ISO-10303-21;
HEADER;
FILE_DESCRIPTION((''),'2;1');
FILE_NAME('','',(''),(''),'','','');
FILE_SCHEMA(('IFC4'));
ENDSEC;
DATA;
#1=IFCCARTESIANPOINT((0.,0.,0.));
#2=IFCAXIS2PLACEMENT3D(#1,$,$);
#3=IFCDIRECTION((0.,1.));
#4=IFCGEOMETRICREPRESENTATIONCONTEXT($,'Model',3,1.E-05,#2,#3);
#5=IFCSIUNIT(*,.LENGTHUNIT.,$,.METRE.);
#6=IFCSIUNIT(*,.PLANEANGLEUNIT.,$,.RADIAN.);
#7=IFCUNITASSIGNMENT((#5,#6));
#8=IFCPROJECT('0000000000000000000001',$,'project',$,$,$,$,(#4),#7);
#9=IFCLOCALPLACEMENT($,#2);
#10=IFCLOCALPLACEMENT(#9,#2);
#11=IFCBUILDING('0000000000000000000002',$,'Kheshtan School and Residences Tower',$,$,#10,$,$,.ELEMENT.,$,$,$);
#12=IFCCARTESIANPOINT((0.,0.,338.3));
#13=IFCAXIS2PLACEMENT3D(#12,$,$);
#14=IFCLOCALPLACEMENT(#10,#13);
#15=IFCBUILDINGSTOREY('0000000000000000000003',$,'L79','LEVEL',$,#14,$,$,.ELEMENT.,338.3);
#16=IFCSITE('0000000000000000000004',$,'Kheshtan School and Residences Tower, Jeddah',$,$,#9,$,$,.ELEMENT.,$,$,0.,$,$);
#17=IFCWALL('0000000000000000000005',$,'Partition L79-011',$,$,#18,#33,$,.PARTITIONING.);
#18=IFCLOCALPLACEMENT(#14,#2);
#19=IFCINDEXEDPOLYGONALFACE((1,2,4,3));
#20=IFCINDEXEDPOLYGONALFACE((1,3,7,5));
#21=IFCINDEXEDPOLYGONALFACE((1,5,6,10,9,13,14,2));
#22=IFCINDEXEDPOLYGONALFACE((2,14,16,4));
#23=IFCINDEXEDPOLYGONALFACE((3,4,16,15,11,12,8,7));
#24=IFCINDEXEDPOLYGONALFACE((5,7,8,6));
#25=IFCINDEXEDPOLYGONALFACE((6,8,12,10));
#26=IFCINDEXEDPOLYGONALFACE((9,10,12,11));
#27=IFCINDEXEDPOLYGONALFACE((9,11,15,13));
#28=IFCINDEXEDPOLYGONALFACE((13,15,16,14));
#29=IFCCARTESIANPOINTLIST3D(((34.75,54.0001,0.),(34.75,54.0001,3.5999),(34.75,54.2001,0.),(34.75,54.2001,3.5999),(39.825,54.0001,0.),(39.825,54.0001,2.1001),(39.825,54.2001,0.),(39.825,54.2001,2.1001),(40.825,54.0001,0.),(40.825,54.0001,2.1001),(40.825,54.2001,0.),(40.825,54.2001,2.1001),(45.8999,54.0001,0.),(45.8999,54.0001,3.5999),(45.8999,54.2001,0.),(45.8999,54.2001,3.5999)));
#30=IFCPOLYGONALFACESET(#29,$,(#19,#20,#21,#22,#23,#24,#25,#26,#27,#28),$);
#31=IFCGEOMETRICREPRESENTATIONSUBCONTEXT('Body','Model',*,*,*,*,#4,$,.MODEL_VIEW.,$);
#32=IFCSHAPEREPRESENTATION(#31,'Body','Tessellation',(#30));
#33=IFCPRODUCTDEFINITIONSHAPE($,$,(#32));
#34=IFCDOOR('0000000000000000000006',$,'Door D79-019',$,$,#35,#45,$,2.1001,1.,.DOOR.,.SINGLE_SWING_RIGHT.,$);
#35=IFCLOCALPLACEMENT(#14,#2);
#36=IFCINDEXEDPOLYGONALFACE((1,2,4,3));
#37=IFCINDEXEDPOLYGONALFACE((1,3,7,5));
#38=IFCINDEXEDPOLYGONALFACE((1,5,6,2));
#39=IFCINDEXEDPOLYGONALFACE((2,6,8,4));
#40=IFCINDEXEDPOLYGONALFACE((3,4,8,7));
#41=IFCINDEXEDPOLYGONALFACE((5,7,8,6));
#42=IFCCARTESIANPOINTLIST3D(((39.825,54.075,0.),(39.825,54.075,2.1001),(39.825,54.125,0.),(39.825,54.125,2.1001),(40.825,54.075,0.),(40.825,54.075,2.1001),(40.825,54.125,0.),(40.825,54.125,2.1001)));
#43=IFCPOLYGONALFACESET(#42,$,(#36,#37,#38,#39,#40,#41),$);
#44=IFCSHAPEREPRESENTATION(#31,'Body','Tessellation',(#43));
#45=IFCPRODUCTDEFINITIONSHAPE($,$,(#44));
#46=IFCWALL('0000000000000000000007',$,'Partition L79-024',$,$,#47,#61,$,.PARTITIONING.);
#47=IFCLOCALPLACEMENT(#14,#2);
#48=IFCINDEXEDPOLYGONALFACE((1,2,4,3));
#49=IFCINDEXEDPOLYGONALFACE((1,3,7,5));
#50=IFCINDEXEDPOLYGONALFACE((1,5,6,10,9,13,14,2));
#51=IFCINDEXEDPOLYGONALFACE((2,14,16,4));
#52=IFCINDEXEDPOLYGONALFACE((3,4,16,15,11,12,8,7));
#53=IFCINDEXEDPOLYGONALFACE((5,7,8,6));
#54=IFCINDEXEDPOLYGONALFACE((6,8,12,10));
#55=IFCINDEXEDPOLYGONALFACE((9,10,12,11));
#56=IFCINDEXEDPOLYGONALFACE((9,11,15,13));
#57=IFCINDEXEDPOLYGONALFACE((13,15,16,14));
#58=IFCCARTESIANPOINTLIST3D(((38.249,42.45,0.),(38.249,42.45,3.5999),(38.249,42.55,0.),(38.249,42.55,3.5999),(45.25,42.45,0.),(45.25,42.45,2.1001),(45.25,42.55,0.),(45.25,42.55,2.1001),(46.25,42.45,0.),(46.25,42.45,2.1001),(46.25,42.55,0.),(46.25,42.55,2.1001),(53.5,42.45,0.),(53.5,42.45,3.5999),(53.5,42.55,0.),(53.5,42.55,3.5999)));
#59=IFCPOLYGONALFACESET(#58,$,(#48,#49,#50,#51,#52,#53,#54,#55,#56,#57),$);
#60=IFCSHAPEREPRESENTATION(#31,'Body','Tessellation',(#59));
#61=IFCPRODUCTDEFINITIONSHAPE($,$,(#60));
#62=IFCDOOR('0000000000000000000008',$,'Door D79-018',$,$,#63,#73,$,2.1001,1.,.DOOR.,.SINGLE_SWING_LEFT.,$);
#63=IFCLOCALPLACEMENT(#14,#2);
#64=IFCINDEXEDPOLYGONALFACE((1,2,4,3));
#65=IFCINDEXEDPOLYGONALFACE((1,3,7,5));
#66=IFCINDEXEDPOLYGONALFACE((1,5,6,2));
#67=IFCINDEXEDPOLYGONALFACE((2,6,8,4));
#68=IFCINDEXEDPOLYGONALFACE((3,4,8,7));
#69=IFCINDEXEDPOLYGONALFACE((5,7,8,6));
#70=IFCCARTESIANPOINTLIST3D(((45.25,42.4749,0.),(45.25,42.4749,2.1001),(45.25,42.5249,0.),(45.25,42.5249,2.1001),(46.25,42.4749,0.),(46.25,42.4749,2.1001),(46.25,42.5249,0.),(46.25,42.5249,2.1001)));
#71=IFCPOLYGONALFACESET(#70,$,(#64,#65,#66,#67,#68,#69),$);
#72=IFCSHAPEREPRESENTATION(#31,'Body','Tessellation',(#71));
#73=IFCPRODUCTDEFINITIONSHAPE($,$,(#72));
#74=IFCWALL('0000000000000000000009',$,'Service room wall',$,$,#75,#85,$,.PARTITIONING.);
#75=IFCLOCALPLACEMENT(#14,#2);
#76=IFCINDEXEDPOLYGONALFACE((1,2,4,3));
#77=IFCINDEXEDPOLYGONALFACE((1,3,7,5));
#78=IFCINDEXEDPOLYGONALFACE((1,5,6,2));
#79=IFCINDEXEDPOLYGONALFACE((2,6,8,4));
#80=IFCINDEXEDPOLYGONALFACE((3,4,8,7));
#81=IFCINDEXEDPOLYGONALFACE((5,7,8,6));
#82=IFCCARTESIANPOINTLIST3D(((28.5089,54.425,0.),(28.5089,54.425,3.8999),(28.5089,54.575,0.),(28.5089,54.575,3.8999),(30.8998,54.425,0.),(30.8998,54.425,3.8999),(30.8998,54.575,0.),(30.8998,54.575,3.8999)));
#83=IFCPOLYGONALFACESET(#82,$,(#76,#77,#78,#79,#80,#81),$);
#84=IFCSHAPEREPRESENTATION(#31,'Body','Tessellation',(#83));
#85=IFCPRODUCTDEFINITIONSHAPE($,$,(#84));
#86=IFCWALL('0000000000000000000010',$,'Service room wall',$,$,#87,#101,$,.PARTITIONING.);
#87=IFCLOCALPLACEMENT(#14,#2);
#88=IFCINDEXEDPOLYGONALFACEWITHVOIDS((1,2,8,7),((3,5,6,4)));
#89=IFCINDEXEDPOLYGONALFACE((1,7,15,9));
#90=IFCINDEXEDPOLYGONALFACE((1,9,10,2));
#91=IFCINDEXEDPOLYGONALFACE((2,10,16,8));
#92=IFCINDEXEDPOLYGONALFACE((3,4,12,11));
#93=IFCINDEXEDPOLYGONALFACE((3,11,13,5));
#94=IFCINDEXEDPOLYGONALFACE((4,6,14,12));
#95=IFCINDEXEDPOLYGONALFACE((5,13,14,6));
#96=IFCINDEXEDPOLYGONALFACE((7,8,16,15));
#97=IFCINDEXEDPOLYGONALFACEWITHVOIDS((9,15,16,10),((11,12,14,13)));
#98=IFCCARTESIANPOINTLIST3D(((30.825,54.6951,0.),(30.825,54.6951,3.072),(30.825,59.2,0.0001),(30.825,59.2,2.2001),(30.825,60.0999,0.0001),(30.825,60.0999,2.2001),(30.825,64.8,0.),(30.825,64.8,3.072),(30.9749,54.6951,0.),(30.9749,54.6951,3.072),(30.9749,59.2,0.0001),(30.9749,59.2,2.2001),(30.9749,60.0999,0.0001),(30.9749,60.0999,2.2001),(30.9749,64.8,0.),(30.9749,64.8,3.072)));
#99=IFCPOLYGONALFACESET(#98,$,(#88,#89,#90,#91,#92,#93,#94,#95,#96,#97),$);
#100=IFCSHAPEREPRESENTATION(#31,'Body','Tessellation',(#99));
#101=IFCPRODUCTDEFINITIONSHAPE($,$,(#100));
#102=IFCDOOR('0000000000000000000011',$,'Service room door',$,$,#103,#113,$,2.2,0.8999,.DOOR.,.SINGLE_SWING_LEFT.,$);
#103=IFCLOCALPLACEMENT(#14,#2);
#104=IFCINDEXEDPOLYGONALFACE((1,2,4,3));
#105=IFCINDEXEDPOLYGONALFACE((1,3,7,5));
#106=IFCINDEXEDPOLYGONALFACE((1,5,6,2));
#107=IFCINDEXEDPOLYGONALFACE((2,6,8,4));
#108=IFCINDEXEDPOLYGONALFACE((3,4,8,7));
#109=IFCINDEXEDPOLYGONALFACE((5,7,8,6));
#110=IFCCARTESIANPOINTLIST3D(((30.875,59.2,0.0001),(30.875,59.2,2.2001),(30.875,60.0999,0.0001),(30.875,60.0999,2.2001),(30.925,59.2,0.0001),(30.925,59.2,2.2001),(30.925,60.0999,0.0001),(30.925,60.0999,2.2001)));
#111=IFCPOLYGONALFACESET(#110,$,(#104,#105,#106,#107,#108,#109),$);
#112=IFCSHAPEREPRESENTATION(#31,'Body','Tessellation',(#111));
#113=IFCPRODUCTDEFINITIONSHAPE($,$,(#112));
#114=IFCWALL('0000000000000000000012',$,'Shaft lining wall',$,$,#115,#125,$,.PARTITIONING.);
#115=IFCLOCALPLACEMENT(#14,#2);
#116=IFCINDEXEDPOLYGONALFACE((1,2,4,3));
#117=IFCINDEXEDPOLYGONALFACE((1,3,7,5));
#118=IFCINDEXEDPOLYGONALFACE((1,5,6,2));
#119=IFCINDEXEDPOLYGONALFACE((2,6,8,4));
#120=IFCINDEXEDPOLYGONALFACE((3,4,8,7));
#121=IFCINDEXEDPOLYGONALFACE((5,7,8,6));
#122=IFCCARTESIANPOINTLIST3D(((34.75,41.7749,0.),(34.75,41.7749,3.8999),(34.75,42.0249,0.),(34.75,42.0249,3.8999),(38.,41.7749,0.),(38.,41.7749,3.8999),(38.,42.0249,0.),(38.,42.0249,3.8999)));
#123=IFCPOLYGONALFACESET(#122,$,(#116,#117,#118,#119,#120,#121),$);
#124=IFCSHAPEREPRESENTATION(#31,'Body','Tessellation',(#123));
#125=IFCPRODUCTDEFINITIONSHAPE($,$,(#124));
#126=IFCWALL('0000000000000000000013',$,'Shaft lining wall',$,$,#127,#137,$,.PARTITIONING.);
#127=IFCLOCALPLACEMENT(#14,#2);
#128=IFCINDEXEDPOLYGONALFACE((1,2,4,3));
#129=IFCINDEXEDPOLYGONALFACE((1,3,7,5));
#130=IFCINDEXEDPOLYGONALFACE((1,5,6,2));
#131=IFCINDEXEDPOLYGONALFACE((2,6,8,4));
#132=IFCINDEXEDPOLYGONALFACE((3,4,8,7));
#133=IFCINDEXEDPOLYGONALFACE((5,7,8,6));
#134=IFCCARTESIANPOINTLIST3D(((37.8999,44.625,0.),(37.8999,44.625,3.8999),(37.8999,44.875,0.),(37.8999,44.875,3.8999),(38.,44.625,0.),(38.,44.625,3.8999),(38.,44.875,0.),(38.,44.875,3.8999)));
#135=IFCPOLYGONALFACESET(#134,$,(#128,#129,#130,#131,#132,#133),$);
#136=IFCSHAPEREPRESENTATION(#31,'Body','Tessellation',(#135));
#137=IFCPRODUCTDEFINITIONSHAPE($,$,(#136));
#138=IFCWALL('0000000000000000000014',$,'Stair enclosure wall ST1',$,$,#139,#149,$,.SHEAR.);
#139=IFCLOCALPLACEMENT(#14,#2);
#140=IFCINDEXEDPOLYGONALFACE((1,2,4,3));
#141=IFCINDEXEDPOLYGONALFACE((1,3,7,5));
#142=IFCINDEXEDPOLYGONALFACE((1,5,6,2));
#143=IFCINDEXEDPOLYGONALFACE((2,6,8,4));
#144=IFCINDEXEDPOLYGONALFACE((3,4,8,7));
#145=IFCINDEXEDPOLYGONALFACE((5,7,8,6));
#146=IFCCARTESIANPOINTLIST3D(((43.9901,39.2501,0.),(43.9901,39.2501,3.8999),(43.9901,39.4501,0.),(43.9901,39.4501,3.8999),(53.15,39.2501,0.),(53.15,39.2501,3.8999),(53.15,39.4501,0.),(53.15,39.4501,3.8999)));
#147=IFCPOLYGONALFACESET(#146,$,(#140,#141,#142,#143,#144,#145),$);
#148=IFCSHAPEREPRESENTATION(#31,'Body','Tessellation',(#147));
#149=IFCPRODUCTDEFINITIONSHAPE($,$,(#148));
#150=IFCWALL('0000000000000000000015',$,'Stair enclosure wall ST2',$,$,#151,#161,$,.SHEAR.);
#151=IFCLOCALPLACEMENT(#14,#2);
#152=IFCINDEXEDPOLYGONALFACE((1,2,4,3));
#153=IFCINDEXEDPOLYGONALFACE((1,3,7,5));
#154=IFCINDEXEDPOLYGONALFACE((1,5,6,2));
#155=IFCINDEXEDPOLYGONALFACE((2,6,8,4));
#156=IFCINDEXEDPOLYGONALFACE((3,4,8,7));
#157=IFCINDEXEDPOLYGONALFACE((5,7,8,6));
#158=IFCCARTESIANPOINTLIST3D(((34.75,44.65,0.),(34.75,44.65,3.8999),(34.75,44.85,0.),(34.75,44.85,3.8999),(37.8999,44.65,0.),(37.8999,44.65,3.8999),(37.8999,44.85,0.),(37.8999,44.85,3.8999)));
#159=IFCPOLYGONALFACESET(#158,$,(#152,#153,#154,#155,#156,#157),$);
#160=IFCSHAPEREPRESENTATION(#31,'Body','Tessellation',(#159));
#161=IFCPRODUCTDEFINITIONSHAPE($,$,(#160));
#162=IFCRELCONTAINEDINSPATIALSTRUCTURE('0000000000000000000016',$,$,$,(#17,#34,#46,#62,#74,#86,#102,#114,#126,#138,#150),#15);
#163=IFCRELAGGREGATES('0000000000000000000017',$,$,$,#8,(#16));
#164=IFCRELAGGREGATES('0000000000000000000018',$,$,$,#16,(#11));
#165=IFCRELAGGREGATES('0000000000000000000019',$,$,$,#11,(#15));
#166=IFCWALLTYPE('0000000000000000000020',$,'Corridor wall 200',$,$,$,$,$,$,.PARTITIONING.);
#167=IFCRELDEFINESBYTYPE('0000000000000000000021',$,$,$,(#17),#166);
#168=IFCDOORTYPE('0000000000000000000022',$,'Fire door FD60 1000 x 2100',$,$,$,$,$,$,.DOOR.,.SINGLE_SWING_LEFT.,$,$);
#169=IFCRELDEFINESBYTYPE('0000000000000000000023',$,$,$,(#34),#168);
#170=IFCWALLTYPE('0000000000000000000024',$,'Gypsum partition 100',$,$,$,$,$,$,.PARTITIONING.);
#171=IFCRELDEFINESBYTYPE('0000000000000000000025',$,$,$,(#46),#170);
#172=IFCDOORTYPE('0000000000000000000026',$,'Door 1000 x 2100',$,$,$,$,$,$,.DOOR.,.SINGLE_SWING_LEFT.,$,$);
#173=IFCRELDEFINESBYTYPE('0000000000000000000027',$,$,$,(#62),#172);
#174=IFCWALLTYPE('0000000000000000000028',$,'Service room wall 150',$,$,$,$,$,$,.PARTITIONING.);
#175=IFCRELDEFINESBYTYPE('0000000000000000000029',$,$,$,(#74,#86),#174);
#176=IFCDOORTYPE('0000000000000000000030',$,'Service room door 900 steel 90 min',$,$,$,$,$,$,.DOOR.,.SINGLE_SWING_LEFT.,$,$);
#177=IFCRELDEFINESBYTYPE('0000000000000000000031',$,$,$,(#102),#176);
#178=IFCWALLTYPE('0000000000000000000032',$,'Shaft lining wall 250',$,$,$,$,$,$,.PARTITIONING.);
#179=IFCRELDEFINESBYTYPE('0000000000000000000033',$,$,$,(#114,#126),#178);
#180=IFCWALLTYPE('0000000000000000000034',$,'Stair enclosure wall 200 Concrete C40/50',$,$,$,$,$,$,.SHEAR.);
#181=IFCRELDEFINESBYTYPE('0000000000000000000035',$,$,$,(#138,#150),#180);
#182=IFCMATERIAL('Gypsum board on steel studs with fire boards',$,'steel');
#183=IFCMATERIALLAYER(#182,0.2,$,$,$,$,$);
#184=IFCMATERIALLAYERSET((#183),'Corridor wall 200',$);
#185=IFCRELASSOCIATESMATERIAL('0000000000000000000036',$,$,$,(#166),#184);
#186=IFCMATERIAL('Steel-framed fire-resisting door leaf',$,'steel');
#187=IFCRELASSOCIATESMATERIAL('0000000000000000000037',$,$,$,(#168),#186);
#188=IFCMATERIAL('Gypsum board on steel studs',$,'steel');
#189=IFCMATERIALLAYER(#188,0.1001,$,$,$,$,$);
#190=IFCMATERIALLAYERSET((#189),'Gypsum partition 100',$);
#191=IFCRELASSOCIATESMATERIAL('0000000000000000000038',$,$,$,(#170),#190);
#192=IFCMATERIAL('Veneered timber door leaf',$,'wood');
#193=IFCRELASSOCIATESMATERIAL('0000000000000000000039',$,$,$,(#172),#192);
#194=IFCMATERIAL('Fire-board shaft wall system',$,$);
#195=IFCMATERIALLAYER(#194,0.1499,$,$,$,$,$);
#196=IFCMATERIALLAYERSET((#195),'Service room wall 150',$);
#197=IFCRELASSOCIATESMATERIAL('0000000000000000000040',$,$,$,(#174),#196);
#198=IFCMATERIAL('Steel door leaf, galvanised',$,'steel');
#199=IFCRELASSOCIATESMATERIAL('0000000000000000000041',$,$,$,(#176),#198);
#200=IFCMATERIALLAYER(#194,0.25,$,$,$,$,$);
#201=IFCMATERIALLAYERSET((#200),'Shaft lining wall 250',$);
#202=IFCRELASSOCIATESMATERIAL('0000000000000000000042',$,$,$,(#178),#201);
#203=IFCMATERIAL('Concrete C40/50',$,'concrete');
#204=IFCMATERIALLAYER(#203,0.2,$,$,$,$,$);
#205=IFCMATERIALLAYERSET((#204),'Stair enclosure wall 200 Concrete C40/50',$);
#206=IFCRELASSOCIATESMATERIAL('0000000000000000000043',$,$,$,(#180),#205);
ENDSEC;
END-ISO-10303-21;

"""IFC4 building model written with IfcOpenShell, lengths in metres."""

from ifc_helpers import new_model, si_unit, direction, frame, frame_2d, origin, place, context, subcontext, project, spatial, rectangle, extrude, source, transform, mapped, material, layer, layer_set, type_object, element, fill, save


model = new_model("IFC4")

# Units and contexts
model_context = context("Model", 3, precision=1e-05, world=origin(), true_north=direction((0.0, 1.0)))
body_context = subcontext(model_context, "Body", "Model", "MODEL_VIEW")
ifc_project = project(units=[si_unit("LENGTHUNIT", "METRE"), si_unit("PLANEANGLEUNIT", "RADIAN")], contexts=[model_context])

# Site, building, storey
site_placement = place(None, origin())
site = spatial("IfcSite", under=ifc_project, at=site_placement, Name="Kheshtan School and Residences Tower, Jeddah", CompositionType="ELEMENT", RefElevation=0.0)
building_placement = place(site_placement, origin())
building = spatial("IfcBuilding", under=site, at=building_placement, Name="Kheshtan School and Residences Tower", CompositionType="ELEMENT")
storey_placement = place(building_placement, frame((0.0, 0.0, 338.3)))
storey = spatial("IfcBuildingStorey", under=building, at=storey_placement, Name="L79", Description="LEVEL", CompositionType="ELEMENT", Elevation=338.3)

# Walls, openings, doors
ifc_material_1 = material(Name="Gypsum board on steel studs with fire boards", Category="steel")
ifc_layer_1 = layer(ifc_material_1, 0.2)
ifc_layer_set_1 = layer_set([ifc_layer_1], Name="Corridor wall 200")
wall_type_1 = type_object("IfcWallType", Name="Corridor wall 200", PredefinedType="PARTITIONING", material=ifc_layer_set_1)
wall_1_placement = place(storey_placement, frame((34.75, 54.1001, 0.0), z_axis=(0.0, 0.0, 1.0), x_axis=(1.0, 0.0, 0.0)))
wall_1 = element("IfcWall", 1, at=wall_1_placement, inside=storey, type_object=wall_type_1, Name="Partition L79-011", PredefinedType="PARTITIONING", context=body_context, shape_type="SweptSolid", body=[
    extrude(rectangle(XDim=11.1499, YDim=0.2, at=frame_2d((5.575, 0.0))), origin(), (0.0, 0.0, 1.0), 3.5999),
])
opening_1_placement = place(wall_1_placement, frame((5.075, 0.0, 0.0)))
opening_1 = element("IfcOpeningElement", 2, at=opening_1_placement, cuts=wall_1, PredefinedType="OPENING", context=body_context, shape_type="SweptSolid", body=[
    extrude(rectangle(XDim=1.0, YDim=2.1001, at=frame_2d((0.5, 1.05))), frame((0.0, 0.1099, 0.0), z_axis=(0.0, -1.0, 0.0), x_axis=(1.0, 0.0, 0.0)), (0.0, 0.0, 1.0), 0.22),
])
ifc_material_2 = material(Name="Steel-framed fire-resisting door leaf", Category="steel")
door_type_1 = type_object("IfcDoorType", Name="Fire door FD60 1000 x 2100", OperationType="SINGLE_SWING_LEFT", PredefinedType="DOOR", material=ifc_material_2)
shared_shape_1 = source(origin(), body_context, "Body", "SweptSolid", [
    extrude(rectangle(XDim=1.0, YDim=2.1001, at=frame_2d((0.5, 1.05))), frame((0.0, 0.0249, 0.0), z_axis=(0.0, -1.0, 0.0), x_axis=(1.0, 0.0, 0.0)), (0.0, 0.0, 1.0), 0.05),
])
door_1_placement = place(opening_1_placement, origin())
door_1 = element("IfcDoor", 3, at=door_1_placement, inside=storey, type_object=door_type_1, Name="Door D79-019", OperationType="SINGLE_SWING_RIGHT", OverallHeight=2.1001, OverallWidth=1.0, PredefinedType="DOOR", context=body_context, shape_type="MappedRepresentation", body=[
    mapped(shared_shape_1, transform((0.0, 0.0, 0.0), x_axis=(1.0, 0.0, 0.0), y_axis=(0.0, 1.0, 0.0), z_axis=(0.0, 0.0, 1.0), scale=1.0)),
])
fill(opening_1, door_1)
ifc_material_3 = material(Name="Gypsum board on steel studs", Category="steel")
ifc_layer_2 = layer(ifc_material_3, 0.1001)
ifc_layer_set_2 = layer_set([ifc_layer_2], Name="Gypsum partition 100")
wall_type_2 = type_object("IfcWallType", Name="Gypsum partition 100", PredefinedType="PARTITIONING", material=ifc_layer_set_2)
wall_2_placement = place(storey_placement, frame((38.249, 42.5, 0.0), z_axis=(0.0, 0.0, 1.0), x_axis=(1.0, 0.0, 0.0)))
wall_2 = element("IfcWall", 4, at=wall_2_placement, inside=storey, type_object=wall_type_2, Name="Partition L79-024", PredefinedType="PARTITIONING", context=body_context, shape_type="SweptSolid", body=[
    extrude(rectangle(XDim=15.251, YDim=0.1001, at=frame_2d((7.6255, 0.0))), origin(), (0.0, 0.0, 1.0), 3.5999),
])
opening_2_placement = place(wall_2_placement, frame((7.001, 0.0, 0.0)))
opening_2 = element("IfcOpeningElement", 5, at=opening_2_placement, cuts=wall_2, PredefinedType="OPENING", context=body_context, shape_type="SweptSolid", body=[
    extrude(rectangle(XDim=1.0, YDim=2.1001, at=frame_2d((0.5, 1.05))), frame((0.0, 0.0601, 0.0), z_axis=(0.0, -1.0, 0.0), x_axis=(1.0, 0.0, 0.0)), (0.0, 0.0, 1.0), 0.1201),
])
ifc_material_4 = material(Name="Veneered timber door leaf", Category="wood")
door_type_2 = type_object("IfcDoorType", Name="Door 1000 x 2100", OperationType="SINGLE_SWING_LEFT", PredefinedType="DOOR", material=ifc_material_4)
shared_shape_2 = source(origin(), body_context, "Body", "SweptSolid", [
    extrude(rectangle(XDim=1.0, YDim=2.1001, at=frame_2d((0.5, 1.05))), frame((0.0, 0.0249, 0.0), z_axis=(0.0, -1.0, 0.0), x_axis=(1.0, 0.0, 0.0)), (0.0, 0.0, 1.0), 0.05),
])
door_2_placement = place(opening_2_placement, origin())
door_2 = element("IfcDoor", 6, at=door_2_placement, inside=storey, type_object=door_type_2, Name="Door D79-018", OperationType="SINGLE_SWING_LEFT", OverallHeight=2.1001, OverallWidth=1.0, PredefinedType="DOOR", context=body_context, shape_type="MappedRepresentation", body=[
    mapped(shared_shape_2, transform((0.0, 0.0, 0.0), x_axis=(1.0, 0.0, 0.0), y_axis=(0.0, 1.0, 0.0), z_axis=(0.0, 0.0, 1.0), scale=1.0)),
])
fill(opening_2, door_2)

# Wall
ifc_material_5 = material(Name="Fire-board shaft wall system")
ifc_layer_3 = layer(ifc_material_5, 0.1499)
ifc_layer_set_3 = layer_set([ifc_layer_3], Name="Service room wall 150")
wall_type_3 = type_object("IfcWallType", Name="Service room wall 150", PredefinedType="PARTITIONING", material=ifc_layer_set_3)
wall_3_placement = place(storey_placement, frame((28.509, 54.5, 0.0), z_axis=(0.0, 0.0, 1.0), x_axis=(1.0, 0.0, 0.0)))
element("IfcWall", 7, at=wall_3_placement, inside=storey, type_object=wall_type_3, Name="Service room wall", PredefinedType="PARTITIONING", context=body_context, shape_type="SweptSolid", body=[
    extrude(rectangle(XDim=2.3909, YDim=0.1499, at=frame_2d((1.1953, 0.0))), origin(), (0.0, 0.0, 1.0), 3.8999),
])

# Wall, opening, door
wall_4_placement = place(storey_placement, frame((30.8999, 54.6951, 0.0), z_axis=(0.0, 0.0, 1.0), x_axis=(0.0, 1.0, 0.0)))
wall_4 = element("IfcWall", 8, at=wall_4_placement, inside=storey, type_object=wall_type_3, Name="Service room wall", PredefinedType="PARTITIONING", context=body_context, shape_type="SweptSolid", body=[
    extrude(rectangle(XDim=10.105, YDim=0.1499, at=frame_2d((5.0525, 0.0))), origin(), (0.0, 0.0, 1.0), 3.072),
])
opening_3_placement = place(wall_4_placement, frame((4.5049, 0.0, 0.0)))
opening_3 = element("IfcOpeningElement", 9, at=opening_3_placement, cuts=wall_4, PredefinedType="OPENING", context=body_context, shape_type="SweptSolid", body=[
    extrude(rectangle(XDim=0.8999, YDim=2.2, at=frame_2d((0.45, 1.1001))), frame((0.0, 0.085, 0.0), z_axis=(0.0, -1.0, 0.0), x_axis=(1.0, 0.0, 0.0)), (0.0, 0.0, 1.0), 0.1699),
])
ifc_material_6 = material(Name="Steel door leaf, galvanised", Category="steel")
door_type_3 = type_object("IfcDoorType", Name="Service room door 900 steel 90 min", OperationType="SINGLE_SWING_LEFT", PredefinedType="DOOR", material=ifc_material_6)
shared_shape_3 = source(origin(), body_context, "Body", "SweptSolid", [
    extrude(rectangle(XDim=0.8999, YDim=2.2, at=frame_2d((0.45, 1.1001))), frame((0.0, 0.0249, 0.0), z_axis=(0.0, -1.0, 0.0), x_axis=(1.0, 0.0, 0.0)), (0.0, 0.0, 1.0), 0.05),
])
door_3_placement = place(opening_3_placement, origin())
door_3 = element("IfcDoor", 10, at=door_3_placement, inside=storey, type_object=door_type_3, Name="Service room door", OperationType="SINGLE_SWING_LEFT", OverallHeight=2.2, OverallWidth=0.8999, PredefinedType="DOOR", context=body_context, shape_type="MappedRepresentation", body=[
    mapped(shared_shape_3, transform((0.0, 0.0, 0.0), x_axis=(1.0, 0.0, 0.0), y_axis=(0.0, 1.0, 0.0), z_axis=(0.0, 0.0, 1.0), scale=1.0)),
])
fill(opening_3, door_3)

# Walls
ifc_layer_4 = layer(ifc_material_5, 0.25)
ifc_layer_set_4 = layer_set([ifc_layer_4], Name="Shaft lining wall 250")
wall_type_4 = type_object("IfcWallType", Name="Shaft lining wall 250", PredefinedType="PARTITIONING", material=ifc_layer_set_4)
wall_5_placement = place(storey_placement, frame((34.75, 41.8999, 0.0), z_axis=(0.0, 0.0, 1.0), x_axis=(1.0, 0.0, 0.0)))
element("IfcWall", 11, at=wall_5_placement, inside=storey, type_object=wall_type_4, Name="Shaft lining wall", PredefinedType="PARTITIONING", context=body_context, shape_type="SweptSolid", body=[
    extrude(rectangle(XDim=3.25, YDim=0.25, at=frame_2d((1.625, 0.0))), origin(), (0.0, 0.0, 1.0), 3.8999),
])
wall_6_placement = place(storey_placement, frame((37.8999, 44.75, 0.0), z_axis=(0.0, 0.0, 1.0), x_axis=(1.0, 0.0, 0.0)))
element("IfcWall", 12, at=wall_6_placement, inside=storey, type_object=wall_type_4, Name="Shaft lining wall", PredefinedType="PARTITIONING", context=body_context, shape_type="SweptSolid", body=[
    extrude(rectangle(XDim=0.1001, YDim=0.25, at=frame_2d((0.05, 0.0))), origin(), (0.0, 0.0, 1.0), 3.8999),
])
ifc_material_7 = material(Name="Concrete C40/50", Category="concrete")
ifc_layer_5 = layer(ifc_material_7, 0.2)
ifc_layer_set_5 = layer_set([ifc_layer_5], Name="Stair enclosure wall 200 Concrete C40/50")
wall_type_5 = type_object("IfcWallType", Name="Stair enclosure wall 200 Concrete C40/50", PredefinedType="SHEAR", material=ifc_layer_set_5)
wall_7_placement = place(storey_placement, frame((43.99, 39.3501, 0.0), z_axis=(0.0, 0.0, 1.0), x_axis=(1.0, 0.0, 0.0)))
element("IfcWall", 13, at=wall_7_placement, inside=storey, type_object=wall_type_5, Name="Stair enclosure wall ST1", PredefinedType="SHEAR", context=body_context, shape_type="SweptSolid", body=[
    extrude(rectangle(XDim=9.1599, YDim=0.2, at=frame_2d((4.5801, 0.0))), origin(), (0.0, 0.0, 1.0), 3.8999),
])
for number, where, z_axis, x_axis, name in (
    (14, (34.75, 44.75, 0.0), (0.0, 0.0, 1.0), (1.0, 0.0, 0.0), "Stair enclosure wall ST2"),
):
    element("IfcWall", number, at=place(storey_placement, frame(where, z_axis=z_axis, x_axis=x_axis)), inside=storey, type_object=wall_type_5, Name=name, PredefinedType="SHEAR", context=body_context, shape_type="SweptSolid", body=[
        extrude(rectangle(XDim=3.1499, YDim=0.2, at=frame_2d((1.575, 0.0))), origin(), (0.0, 0.0, 1.0), 3.8999),
    ])

save(model, "model.ifc")
